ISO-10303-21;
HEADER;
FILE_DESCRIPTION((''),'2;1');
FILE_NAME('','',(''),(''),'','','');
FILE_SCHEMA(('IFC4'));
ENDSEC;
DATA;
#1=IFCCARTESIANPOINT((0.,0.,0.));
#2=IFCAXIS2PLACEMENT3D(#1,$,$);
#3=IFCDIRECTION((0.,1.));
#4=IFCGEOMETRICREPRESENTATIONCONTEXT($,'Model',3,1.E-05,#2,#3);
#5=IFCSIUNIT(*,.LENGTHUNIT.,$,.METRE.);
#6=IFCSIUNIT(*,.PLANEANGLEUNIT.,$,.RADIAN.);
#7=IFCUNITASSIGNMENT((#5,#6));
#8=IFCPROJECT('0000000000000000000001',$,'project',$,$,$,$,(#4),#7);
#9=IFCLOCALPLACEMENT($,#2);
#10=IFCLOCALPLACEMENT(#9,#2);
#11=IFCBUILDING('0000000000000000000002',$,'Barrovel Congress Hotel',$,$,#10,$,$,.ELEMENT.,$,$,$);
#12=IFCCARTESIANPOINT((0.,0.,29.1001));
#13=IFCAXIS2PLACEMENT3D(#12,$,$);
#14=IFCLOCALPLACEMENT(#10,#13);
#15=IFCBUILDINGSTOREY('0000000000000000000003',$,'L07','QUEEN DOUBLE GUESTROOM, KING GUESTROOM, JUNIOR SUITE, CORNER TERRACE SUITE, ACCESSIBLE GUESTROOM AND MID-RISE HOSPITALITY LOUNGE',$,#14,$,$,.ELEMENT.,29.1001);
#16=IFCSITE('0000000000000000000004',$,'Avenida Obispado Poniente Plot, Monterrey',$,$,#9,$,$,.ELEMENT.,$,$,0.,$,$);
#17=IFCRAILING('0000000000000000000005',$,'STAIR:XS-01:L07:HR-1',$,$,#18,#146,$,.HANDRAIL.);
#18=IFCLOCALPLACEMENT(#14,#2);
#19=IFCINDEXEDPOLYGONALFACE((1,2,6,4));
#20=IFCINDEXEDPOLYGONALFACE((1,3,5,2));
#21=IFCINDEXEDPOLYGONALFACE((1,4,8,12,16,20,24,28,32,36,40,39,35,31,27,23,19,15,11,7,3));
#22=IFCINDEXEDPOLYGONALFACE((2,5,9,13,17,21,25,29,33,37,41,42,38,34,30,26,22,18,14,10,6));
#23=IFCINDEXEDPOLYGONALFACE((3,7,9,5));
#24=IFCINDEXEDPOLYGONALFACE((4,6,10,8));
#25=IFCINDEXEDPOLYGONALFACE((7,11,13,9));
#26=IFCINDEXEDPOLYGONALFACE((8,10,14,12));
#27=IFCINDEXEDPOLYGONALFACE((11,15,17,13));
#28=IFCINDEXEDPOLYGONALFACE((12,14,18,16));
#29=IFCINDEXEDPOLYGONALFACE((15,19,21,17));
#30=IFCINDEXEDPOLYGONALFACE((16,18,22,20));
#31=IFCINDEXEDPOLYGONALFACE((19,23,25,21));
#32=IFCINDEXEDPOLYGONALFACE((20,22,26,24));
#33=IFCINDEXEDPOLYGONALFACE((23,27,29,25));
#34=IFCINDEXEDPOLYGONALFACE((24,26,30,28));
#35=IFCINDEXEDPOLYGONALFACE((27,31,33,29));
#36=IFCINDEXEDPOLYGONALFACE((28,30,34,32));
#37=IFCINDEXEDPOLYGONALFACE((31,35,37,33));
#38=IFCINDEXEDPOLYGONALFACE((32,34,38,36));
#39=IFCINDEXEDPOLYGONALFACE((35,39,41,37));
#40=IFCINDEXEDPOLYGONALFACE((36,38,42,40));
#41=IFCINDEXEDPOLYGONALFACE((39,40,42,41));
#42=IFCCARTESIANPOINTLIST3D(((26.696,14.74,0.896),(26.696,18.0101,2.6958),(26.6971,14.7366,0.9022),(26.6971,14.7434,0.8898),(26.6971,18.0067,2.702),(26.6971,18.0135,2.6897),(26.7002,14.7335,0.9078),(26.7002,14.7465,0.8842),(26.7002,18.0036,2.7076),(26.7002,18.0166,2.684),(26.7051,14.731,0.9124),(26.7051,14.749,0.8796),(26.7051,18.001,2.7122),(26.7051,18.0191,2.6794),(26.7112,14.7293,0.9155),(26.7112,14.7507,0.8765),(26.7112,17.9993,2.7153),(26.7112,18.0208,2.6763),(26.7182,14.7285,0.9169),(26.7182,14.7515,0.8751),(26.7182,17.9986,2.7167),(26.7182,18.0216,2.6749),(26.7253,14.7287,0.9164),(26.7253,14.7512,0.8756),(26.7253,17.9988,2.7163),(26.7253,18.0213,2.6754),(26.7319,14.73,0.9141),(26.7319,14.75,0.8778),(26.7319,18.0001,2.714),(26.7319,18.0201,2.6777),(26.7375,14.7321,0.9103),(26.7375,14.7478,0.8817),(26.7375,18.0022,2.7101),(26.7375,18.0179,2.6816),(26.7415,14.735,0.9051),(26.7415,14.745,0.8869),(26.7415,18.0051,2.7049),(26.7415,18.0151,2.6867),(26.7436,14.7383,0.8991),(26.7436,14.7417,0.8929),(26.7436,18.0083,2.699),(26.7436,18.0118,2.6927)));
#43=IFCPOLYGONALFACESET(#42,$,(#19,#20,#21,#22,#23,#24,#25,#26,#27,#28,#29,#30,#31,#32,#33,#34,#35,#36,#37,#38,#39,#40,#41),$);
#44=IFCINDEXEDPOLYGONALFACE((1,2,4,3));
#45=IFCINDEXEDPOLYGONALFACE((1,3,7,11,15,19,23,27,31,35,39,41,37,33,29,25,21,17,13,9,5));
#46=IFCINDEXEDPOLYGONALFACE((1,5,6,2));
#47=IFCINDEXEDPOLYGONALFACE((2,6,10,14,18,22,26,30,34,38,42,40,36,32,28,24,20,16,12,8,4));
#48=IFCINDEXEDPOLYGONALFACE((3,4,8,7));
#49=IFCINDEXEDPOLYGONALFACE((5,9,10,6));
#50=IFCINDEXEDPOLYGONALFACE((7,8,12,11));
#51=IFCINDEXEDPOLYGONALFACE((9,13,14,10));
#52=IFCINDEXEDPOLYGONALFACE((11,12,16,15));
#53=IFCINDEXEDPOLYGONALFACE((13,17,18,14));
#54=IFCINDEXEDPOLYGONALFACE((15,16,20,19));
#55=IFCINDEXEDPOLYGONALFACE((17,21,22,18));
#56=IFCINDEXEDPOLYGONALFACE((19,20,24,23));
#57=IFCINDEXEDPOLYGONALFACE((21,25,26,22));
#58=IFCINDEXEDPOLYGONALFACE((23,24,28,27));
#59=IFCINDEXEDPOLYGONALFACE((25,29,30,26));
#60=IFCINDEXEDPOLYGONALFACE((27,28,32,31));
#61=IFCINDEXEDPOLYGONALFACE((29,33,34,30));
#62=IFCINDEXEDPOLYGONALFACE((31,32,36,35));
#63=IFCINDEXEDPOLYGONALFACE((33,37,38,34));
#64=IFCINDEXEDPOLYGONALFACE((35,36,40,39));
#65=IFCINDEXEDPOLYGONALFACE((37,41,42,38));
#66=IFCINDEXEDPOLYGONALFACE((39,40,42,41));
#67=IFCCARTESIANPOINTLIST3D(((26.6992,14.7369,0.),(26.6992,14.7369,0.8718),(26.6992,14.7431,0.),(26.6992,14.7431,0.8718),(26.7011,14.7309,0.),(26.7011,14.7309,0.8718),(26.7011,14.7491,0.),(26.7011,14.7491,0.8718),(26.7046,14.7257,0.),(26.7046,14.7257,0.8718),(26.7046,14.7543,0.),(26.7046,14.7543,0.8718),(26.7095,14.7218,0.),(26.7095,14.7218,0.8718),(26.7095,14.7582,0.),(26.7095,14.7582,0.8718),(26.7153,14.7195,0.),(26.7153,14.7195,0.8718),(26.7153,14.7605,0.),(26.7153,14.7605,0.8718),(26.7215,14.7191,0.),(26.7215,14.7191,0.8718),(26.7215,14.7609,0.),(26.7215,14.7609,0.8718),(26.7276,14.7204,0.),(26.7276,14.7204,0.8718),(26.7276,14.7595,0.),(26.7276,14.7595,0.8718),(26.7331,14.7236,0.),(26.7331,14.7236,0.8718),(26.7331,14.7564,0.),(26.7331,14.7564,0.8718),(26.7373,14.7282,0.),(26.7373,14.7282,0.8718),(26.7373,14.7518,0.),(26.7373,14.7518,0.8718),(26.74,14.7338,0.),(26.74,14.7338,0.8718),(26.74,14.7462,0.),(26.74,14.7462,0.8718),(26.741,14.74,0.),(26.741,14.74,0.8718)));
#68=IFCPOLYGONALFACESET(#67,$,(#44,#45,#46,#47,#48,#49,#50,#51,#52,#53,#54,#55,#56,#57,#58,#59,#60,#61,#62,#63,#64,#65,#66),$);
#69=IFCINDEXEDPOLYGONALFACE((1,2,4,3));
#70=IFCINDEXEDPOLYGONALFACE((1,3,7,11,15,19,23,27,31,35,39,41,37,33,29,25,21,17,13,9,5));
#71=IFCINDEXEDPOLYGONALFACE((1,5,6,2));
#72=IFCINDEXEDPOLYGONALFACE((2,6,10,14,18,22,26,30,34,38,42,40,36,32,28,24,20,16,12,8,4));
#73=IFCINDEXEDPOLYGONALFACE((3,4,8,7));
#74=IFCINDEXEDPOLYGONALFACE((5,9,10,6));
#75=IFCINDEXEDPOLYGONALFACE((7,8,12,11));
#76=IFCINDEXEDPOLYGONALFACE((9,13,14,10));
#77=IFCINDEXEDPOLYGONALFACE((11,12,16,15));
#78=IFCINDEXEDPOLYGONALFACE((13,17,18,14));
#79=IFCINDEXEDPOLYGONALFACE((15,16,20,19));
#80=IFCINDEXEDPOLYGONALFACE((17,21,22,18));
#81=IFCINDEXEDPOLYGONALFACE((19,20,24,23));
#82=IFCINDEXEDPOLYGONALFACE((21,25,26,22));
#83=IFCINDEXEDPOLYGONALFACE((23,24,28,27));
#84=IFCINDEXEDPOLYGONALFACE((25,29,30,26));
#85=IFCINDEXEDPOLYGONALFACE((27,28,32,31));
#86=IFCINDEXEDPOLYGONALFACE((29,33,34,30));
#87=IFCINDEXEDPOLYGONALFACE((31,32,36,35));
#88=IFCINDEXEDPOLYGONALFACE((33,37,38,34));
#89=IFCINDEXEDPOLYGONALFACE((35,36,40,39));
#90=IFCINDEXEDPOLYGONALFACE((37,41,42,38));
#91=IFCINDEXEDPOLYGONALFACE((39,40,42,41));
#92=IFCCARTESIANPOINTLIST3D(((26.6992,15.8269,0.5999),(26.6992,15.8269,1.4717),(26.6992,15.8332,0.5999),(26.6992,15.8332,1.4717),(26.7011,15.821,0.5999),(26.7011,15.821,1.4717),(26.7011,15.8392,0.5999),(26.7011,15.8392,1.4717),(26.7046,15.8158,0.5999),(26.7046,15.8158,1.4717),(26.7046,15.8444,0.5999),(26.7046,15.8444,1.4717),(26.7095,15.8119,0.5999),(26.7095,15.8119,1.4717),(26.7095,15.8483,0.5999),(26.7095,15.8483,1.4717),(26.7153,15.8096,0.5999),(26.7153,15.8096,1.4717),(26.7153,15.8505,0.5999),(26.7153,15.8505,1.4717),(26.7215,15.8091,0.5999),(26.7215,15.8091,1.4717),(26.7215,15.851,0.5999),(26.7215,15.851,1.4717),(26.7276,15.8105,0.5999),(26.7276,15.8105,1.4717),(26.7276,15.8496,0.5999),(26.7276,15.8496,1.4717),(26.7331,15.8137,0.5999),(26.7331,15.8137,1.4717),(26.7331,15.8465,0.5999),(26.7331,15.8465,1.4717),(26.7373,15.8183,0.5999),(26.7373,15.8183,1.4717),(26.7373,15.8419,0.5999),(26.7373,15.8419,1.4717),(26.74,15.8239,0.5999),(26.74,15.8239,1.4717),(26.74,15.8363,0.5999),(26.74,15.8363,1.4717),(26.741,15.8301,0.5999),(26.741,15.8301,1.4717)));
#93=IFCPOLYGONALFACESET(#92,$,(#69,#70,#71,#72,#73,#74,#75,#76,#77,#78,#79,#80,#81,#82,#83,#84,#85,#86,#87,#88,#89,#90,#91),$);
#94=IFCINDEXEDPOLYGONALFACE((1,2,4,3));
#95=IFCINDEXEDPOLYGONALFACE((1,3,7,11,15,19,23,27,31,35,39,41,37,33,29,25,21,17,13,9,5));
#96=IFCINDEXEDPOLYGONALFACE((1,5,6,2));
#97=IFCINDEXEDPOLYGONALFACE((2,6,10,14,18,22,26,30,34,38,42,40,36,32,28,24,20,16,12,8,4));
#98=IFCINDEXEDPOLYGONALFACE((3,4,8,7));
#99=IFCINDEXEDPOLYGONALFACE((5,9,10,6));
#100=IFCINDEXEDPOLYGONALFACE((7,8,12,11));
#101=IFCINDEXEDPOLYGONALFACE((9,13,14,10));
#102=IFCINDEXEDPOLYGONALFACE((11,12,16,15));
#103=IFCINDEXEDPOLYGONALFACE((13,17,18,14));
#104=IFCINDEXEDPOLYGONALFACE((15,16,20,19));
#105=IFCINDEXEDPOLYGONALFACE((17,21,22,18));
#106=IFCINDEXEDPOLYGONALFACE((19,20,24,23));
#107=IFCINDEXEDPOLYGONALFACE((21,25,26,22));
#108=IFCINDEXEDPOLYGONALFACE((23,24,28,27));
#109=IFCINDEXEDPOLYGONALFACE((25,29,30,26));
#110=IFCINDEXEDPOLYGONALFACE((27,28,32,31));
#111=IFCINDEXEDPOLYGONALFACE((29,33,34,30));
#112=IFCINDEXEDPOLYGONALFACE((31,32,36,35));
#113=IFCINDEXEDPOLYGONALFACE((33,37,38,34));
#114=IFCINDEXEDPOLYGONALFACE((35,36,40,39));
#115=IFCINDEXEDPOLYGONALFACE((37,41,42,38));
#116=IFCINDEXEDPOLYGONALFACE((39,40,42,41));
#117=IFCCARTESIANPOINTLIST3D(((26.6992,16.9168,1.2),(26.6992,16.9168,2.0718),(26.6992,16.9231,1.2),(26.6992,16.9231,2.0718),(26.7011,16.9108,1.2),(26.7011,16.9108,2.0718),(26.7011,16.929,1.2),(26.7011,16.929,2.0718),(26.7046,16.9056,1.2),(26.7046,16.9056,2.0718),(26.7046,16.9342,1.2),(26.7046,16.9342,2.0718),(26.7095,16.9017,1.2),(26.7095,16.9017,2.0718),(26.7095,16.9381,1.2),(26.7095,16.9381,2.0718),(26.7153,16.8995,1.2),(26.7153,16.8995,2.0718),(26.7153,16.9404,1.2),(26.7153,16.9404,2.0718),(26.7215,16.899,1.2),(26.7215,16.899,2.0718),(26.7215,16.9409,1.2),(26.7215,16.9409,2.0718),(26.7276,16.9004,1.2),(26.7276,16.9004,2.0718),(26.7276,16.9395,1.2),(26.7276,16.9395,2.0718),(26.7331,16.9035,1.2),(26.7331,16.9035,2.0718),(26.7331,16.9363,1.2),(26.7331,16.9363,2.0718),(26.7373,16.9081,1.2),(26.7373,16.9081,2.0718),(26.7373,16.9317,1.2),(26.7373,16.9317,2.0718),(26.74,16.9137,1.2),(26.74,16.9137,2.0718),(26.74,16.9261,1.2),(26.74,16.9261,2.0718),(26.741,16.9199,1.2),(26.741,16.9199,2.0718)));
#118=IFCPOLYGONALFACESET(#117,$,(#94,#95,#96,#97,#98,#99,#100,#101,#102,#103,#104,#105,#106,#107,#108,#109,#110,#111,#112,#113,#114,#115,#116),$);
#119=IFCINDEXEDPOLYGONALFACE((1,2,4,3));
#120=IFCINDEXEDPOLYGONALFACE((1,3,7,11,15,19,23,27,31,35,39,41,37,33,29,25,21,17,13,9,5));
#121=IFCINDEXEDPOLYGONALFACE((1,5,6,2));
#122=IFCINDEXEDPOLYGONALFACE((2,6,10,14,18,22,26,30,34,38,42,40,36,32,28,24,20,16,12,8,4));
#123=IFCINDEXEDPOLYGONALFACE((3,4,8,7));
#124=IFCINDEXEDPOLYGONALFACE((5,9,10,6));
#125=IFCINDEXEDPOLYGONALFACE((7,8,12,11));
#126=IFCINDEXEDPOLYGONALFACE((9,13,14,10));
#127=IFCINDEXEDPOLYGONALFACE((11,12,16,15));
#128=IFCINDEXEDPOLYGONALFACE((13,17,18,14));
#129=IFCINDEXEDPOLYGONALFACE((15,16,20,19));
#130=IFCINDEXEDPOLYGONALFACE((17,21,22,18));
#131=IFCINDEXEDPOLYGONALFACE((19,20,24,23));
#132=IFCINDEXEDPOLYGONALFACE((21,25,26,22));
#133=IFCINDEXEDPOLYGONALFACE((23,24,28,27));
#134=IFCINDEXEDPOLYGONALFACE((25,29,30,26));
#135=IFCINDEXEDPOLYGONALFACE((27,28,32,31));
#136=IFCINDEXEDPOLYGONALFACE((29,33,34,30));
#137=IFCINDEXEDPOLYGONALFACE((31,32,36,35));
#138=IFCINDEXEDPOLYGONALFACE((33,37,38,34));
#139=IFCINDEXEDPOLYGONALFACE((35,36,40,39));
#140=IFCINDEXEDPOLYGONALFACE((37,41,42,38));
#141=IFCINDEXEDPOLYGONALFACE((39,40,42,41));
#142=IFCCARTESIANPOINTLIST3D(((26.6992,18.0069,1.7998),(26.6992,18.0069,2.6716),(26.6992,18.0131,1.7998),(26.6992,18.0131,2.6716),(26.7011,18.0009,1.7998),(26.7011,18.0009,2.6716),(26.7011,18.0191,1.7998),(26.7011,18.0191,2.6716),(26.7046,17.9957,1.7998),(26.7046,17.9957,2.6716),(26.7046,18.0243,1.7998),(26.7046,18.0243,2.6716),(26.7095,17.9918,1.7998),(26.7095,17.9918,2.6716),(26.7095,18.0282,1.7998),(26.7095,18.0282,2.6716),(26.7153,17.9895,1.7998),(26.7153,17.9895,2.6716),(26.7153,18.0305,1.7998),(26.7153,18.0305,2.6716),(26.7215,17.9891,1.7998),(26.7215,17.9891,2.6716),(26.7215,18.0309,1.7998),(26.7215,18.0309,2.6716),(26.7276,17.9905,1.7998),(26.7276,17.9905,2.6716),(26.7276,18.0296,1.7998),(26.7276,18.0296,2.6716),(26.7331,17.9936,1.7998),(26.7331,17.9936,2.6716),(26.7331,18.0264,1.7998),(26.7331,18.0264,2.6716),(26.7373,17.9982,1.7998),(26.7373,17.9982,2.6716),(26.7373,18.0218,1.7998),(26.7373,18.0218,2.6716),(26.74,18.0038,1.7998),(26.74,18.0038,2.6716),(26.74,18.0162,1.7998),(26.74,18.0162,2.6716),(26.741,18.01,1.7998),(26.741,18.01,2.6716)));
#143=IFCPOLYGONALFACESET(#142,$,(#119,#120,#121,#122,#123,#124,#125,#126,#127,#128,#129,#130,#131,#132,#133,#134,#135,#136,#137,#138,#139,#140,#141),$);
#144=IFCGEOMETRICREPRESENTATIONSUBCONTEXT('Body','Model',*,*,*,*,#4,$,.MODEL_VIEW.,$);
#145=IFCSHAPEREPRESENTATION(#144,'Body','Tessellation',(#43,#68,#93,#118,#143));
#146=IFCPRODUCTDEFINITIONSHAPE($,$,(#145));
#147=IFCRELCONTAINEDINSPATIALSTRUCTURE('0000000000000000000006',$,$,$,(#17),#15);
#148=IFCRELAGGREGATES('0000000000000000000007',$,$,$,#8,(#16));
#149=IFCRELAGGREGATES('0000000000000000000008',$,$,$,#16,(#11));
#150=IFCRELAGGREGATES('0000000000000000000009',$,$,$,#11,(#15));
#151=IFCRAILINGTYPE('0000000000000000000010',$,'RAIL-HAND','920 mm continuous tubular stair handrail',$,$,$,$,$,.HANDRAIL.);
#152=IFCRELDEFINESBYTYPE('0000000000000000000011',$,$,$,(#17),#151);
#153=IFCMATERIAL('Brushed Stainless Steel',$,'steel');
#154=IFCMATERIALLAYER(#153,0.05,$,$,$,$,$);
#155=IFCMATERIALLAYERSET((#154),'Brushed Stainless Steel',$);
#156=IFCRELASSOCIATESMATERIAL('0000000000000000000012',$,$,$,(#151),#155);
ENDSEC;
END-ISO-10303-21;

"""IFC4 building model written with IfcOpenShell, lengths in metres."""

from ifc_helpers import new_model, si_unit, direction, frame, origin, origin_2d, place, context, subcontext, project, spatial, circle, extrude, material, layer, layer_set, type_object, element, save


model = new_model("IFC4")

# Units and contexts
model_context = context("Model", 3, precision=1e-05, world=origin(), true_north=direction((0.0, 1.0)))
body_context = subcontext(model_context, "Body", "Model", "MODEL_VIEW")
ifc_project = project(units=[si_unit("LENGTHUNIT", "METRE"), si_unit("PLANEANGLEUNIT", "RADIAN")], contexts=[model_context])

# Site, building, storey
site_placement = place(None, origin())
site = spatial("IfcSite", under=ifc_project, at=site_placement, Name="Avenida Obispado Poniente Plot, Monterrey", CompositionType="ELEMENT", RefElevation=0.0)
building_placement = place(site_placement, origin())
building = spatial("IfcBuilding", under=site, at=building_placement, Name="Barrovel Congress Hotel", CompositionType="ELEMENT")
storey_placement = place(building_placement, frame((0.0, 0.0, 29.1001)))
storey = spatial("IfcBuildingStorey", under=building, at=storey_placement, Name="L07", Description="QUEEN DOUBLE GUESTROOM, KING GUESTROOM, JUNIOR SUITE, CORNER TERRACE SUITE, ACCESSIBLE GUESTROOM AND MID-RISE HOSPITALITY LOUNGE", CompositionType="ELEMENT", Elevation=29.1001)

# Railing
ifc_material_1 = material(Name="Brushed Stainless Steel", Category="steel")
ifc_layer_1 = layer(ifc_material_1, 0.05)
ifc_layer_set_1 = layer_set([ifc_layer_1], Name="Brushed Stainless Steel")
railing_type_1 = type_object("IfcRailingType", Name="RAIL-HAND", Description="920 mm continuous tubular stair handrail", PredefinedType="HANDRAIL", material=ifc_layer_set_1)
railing_1_placement = place(storey_placement, frame((26.72, 14.74, 0.0)))
element("IfcRailing", 1, at=railing_1_placement, inside=storey, type_object=railing_type_1, Name="STAIR:XS-01:L07:HR-1", PredefinedType="HANDRAIL", context=body_context, shape_type="SweptSolid", body=[
    extrude(circle(Radius=0.0239, at=origin_2d()), frame((0.0, 0.0, 0.896), z_axis=(0.0, 0.876069, 0.482185), x_axis=(-1.0, 0.0, 0.0)), (0.0, 0.0, 1.0), 3.7327),
    extrude(circle(Radius=0.021, at=origin_2d()), origin(), (0.0, 0.0, 1.0), 0.8718),
    extrude(circle(Radius=0.021, at=origin_2d()), frame((0.0, 1.0901, 0.5999)), (0.0, 0.0, 1.0), 0.8718),
    extrude(circle(Radius=0.021, at=origin_2d()), frame((0.0, 2.1799, 1.2)), (0.0, 0.0, 1.0), 0.8718),
    extrude(circle(Radius=0.021, at=origin_2d()), frame((0.0, 3.27, 1.7998)), (0.0, 0.0, 1.0), 0.8718),
])

save(model, "model.ifc")
